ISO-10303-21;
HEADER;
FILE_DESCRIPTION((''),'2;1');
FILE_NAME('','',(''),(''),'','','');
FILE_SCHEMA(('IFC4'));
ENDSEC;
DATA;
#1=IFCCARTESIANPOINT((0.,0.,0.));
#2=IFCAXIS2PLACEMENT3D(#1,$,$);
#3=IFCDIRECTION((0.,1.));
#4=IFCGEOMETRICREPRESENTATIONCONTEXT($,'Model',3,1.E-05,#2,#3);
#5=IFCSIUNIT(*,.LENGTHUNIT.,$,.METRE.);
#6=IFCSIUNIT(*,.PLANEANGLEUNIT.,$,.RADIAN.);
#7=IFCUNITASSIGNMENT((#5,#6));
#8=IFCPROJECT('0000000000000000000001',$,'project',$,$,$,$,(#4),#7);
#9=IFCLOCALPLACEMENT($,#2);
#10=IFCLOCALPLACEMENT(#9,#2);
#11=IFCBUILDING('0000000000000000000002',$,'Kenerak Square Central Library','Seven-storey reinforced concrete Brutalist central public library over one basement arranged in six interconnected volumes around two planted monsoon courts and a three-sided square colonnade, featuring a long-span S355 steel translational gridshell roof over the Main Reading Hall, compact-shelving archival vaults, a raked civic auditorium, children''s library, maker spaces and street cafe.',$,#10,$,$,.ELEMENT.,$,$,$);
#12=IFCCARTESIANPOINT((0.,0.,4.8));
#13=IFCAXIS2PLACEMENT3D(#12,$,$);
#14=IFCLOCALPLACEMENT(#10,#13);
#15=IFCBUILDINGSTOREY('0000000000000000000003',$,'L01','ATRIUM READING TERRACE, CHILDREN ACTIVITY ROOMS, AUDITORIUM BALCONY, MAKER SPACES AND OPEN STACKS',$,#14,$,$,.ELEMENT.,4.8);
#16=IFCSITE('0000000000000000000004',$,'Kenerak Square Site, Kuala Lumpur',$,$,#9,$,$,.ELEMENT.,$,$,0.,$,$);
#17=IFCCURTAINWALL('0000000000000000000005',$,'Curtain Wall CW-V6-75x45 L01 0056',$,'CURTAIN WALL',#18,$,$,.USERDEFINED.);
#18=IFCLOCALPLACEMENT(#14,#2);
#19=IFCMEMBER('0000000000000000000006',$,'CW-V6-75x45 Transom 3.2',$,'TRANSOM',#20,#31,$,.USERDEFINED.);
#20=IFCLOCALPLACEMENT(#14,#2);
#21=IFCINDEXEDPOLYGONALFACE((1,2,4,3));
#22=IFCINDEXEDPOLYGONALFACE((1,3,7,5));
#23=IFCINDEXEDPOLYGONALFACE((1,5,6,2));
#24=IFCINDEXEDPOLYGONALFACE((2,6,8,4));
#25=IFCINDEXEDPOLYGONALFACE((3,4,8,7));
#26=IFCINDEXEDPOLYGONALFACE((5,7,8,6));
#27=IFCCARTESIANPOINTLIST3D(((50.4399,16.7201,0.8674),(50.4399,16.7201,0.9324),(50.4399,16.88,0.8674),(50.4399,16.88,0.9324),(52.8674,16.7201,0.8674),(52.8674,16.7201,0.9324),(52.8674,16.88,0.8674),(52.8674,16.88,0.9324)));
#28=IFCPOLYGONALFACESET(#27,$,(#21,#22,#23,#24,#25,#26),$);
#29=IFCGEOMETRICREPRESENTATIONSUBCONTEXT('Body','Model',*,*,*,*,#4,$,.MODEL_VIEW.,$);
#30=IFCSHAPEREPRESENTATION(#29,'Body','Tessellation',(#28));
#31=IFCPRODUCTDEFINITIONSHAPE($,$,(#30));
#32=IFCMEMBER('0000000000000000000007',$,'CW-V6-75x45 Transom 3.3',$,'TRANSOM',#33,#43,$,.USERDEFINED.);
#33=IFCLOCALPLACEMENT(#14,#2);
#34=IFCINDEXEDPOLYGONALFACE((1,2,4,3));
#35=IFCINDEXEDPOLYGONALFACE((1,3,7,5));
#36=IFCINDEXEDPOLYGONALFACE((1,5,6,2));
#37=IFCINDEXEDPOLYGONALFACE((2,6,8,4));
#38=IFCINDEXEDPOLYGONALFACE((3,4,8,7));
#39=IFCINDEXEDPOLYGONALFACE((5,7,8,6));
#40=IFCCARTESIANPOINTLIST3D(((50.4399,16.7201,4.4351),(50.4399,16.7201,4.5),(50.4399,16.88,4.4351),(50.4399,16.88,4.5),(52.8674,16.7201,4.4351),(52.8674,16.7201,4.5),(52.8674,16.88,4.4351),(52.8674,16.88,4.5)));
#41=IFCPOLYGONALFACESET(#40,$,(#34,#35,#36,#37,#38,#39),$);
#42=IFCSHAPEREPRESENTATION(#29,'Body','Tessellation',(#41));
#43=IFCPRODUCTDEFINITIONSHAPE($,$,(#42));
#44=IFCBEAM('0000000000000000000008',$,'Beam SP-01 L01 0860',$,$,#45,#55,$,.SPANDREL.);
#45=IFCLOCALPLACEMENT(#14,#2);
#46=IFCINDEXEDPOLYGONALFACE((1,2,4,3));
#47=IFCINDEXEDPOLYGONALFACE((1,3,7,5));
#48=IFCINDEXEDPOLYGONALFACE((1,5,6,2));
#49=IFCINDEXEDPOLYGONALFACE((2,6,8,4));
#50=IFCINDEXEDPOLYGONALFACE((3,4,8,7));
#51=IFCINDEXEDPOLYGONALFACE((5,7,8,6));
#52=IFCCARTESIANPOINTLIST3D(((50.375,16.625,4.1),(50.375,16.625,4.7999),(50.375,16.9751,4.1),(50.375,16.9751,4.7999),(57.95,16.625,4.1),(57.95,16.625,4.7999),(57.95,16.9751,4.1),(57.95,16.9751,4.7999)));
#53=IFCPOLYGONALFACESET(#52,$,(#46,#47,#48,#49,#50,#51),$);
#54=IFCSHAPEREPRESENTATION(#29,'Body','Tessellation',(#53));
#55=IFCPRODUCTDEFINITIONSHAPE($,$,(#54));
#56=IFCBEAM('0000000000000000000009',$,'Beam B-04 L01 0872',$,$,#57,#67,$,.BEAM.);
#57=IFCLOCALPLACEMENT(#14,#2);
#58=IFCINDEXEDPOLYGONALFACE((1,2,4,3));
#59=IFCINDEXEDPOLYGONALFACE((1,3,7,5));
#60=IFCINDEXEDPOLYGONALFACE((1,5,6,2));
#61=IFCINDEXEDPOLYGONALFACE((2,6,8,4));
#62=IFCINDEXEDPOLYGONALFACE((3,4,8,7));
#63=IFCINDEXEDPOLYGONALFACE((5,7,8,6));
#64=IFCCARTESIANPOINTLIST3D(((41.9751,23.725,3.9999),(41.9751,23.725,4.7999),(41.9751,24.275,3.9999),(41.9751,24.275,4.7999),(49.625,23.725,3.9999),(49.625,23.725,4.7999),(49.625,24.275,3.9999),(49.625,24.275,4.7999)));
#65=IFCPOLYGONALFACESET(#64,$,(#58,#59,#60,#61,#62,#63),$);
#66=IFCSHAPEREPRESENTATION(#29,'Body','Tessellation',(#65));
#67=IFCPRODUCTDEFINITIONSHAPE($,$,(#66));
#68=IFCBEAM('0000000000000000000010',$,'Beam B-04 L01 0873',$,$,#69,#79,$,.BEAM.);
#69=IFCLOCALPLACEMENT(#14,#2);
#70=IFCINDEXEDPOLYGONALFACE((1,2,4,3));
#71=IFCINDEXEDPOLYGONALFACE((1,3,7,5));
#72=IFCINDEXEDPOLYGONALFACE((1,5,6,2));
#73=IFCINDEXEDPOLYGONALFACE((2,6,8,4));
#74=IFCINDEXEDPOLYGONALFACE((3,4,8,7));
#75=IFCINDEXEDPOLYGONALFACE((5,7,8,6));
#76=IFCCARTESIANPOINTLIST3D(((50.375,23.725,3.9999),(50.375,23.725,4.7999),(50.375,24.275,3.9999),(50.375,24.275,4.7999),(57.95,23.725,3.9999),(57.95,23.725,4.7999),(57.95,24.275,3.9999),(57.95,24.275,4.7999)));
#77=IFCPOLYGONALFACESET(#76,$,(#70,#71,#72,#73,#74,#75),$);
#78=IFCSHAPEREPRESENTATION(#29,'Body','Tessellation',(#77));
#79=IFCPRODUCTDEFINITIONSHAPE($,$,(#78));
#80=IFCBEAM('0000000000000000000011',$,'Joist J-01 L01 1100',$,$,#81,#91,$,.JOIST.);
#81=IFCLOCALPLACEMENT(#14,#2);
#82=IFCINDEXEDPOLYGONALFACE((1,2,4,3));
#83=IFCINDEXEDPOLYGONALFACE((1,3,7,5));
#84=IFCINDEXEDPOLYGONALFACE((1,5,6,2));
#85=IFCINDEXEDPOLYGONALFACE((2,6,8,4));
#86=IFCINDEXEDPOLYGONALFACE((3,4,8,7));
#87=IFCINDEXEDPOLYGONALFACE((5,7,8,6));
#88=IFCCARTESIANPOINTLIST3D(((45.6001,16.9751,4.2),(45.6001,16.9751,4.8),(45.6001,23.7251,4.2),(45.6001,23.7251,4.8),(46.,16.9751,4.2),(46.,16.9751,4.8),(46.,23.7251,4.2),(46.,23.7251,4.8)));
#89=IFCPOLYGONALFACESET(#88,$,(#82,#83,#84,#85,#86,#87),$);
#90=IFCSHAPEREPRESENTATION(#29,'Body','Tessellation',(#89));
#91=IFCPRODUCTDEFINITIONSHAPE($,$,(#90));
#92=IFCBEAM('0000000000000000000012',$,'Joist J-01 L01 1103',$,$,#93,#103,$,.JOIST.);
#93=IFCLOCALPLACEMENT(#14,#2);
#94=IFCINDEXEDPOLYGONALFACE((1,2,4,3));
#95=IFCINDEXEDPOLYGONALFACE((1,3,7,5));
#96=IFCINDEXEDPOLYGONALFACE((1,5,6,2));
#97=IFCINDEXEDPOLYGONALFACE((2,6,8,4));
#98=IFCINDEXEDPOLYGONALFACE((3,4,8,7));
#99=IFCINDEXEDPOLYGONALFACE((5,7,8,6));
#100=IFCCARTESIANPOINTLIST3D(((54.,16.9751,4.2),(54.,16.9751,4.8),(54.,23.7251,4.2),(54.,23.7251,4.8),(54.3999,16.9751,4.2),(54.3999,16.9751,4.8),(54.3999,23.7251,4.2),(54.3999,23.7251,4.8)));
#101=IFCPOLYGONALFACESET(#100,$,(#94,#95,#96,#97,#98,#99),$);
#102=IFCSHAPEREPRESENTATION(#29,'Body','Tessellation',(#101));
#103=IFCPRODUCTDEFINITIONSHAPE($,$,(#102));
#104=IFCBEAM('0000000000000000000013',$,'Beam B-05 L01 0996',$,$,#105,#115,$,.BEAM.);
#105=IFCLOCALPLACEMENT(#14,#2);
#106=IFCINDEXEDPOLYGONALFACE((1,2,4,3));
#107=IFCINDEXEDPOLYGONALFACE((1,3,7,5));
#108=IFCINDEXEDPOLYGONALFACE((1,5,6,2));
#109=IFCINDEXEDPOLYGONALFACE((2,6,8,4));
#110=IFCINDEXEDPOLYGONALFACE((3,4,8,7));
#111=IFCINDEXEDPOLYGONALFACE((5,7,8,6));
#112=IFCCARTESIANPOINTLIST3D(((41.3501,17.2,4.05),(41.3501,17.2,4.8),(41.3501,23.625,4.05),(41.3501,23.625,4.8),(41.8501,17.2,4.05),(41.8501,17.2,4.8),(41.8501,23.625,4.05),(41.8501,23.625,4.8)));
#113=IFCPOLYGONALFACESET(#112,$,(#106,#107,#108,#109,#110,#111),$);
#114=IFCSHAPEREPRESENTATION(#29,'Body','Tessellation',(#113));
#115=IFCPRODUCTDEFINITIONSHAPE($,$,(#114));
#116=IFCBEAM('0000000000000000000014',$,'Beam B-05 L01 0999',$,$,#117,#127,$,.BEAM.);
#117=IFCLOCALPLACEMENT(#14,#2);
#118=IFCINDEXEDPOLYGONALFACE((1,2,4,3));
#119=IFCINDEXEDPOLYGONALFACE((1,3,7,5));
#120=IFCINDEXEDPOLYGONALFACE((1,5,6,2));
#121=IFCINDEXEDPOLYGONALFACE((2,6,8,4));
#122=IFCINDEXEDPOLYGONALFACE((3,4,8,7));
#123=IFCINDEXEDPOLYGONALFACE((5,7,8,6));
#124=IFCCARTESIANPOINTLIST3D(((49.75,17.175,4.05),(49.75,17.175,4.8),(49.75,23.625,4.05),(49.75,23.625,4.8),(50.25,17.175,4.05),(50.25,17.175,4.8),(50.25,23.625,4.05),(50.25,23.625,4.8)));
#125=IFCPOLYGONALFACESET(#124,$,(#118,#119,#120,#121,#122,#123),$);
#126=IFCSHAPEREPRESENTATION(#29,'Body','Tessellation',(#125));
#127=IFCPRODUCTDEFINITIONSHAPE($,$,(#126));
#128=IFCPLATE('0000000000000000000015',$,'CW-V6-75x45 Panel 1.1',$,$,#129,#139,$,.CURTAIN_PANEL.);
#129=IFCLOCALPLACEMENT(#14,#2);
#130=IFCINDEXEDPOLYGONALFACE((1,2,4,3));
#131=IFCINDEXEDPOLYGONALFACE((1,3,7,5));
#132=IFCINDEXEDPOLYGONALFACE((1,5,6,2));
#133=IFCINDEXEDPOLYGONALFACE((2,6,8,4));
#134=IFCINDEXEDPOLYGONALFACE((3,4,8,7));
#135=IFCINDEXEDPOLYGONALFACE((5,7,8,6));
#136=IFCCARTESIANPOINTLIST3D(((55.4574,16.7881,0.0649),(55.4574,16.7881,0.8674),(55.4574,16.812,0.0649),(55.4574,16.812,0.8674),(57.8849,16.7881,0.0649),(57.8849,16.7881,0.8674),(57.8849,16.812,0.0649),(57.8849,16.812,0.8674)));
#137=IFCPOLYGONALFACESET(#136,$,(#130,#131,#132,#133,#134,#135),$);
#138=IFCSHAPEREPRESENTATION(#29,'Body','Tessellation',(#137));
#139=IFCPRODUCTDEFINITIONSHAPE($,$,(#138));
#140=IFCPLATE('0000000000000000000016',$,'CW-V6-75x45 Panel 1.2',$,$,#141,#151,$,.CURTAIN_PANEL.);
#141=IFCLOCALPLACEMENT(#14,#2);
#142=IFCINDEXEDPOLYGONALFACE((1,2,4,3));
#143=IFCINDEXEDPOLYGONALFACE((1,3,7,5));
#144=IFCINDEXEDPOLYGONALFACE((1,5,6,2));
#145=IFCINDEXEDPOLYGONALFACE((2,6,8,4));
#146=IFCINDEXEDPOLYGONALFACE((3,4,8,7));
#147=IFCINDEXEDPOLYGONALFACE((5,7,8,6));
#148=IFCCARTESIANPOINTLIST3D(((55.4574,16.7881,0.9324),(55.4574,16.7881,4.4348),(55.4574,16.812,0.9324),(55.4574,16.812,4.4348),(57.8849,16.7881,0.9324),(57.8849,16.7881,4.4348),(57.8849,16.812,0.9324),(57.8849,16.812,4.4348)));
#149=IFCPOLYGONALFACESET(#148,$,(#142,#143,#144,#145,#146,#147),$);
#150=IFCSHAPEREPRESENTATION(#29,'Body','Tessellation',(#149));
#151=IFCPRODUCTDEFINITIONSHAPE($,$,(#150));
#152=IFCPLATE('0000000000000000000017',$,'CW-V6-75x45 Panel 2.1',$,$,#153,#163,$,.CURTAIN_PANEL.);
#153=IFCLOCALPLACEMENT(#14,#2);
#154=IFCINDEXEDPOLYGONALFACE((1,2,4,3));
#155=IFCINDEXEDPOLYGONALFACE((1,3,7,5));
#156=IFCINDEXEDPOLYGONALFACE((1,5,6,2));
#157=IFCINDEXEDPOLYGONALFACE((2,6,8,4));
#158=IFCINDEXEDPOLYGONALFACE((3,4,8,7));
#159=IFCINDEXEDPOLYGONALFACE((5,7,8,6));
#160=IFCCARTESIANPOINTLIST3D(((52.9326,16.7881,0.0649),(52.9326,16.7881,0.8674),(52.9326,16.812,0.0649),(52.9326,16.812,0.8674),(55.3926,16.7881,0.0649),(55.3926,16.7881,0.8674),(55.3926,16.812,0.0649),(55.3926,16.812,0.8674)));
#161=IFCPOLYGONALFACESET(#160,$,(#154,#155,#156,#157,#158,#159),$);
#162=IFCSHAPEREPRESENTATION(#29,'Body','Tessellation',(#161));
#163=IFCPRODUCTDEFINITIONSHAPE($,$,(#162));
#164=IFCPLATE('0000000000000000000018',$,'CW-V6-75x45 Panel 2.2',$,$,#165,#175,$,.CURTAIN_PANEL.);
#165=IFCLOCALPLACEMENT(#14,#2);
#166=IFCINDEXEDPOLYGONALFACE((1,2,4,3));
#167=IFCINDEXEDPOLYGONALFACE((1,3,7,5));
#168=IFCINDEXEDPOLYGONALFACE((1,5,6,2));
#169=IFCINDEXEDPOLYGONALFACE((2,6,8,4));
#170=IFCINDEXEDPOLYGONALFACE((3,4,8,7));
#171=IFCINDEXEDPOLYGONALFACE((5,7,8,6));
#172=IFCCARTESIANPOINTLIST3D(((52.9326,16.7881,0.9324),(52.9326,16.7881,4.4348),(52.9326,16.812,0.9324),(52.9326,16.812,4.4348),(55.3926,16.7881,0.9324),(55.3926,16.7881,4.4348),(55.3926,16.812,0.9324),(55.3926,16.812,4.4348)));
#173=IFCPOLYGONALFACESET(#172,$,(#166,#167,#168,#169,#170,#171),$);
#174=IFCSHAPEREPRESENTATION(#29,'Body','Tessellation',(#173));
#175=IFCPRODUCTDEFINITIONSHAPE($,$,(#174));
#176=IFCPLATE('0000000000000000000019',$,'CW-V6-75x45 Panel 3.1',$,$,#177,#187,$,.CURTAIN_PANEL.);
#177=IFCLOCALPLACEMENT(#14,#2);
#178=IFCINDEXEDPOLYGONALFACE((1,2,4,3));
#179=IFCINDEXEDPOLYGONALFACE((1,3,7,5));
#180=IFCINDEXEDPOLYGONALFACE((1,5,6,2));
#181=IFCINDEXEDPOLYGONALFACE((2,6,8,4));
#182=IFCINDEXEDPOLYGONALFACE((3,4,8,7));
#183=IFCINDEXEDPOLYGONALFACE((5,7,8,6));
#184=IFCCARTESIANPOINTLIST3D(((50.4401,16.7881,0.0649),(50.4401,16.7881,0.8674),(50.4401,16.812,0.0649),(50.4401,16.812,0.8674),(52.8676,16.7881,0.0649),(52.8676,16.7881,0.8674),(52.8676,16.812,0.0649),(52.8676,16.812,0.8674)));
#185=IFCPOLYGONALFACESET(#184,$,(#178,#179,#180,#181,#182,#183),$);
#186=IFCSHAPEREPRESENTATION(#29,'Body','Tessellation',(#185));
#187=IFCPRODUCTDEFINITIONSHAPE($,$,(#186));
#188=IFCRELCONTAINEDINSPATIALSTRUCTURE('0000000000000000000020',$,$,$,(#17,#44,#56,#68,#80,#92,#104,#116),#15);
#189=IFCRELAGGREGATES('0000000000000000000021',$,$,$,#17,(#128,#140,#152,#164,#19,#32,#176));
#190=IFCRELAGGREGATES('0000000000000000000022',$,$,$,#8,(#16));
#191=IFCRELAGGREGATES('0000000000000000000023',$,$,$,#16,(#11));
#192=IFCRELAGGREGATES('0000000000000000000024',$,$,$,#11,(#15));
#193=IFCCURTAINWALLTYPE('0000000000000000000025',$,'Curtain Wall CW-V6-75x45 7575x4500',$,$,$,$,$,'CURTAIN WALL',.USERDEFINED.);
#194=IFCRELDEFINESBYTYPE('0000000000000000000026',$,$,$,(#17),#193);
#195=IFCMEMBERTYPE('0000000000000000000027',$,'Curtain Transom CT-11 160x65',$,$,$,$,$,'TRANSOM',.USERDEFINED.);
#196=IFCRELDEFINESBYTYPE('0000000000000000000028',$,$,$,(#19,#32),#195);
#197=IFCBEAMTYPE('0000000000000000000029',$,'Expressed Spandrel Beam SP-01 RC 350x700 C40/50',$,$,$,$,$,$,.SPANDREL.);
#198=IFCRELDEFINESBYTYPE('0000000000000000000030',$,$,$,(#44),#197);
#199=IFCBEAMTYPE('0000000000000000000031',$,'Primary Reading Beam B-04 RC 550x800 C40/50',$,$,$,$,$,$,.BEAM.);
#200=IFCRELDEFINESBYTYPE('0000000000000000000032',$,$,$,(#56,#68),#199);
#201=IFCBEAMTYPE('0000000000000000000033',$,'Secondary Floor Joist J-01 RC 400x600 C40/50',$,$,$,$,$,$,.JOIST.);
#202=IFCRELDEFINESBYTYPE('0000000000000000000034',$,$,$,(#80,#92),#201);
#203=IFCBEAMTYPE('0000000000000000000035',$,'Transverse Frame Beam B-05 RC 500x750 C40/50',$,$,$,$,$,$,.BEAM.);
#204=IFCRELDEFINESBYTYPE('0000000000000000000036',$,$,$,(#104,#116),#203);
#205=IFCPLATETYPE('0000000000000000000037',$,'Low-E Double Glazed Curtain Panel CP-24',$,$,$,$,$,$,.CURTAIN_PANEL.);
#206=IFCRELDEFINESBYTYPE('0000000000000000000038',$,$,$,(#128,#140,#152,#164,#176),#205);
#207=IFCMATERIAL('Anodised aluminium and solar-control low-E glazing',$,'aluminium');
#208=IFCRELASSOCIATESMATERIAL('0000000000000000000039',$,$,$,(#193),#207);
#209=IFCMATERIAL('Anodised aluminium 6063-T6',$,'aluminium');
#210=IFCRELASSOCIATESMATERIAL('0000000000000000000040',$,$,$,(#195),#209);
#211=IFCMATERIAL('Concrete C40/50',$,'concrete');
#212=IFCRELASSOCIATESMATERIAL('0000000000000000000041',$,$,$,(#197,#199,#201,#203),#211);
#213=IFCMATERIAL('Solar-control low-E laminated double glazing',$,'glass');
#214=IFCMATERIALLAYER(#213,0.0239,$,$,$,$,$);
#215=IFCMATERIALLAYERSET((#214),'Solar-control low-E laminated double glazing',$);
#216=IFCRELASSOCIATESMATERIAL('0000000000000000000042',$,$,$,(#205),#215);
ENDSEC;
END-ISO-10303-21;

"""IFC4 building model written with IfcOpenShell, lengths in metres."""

from ifc_helpers import new_model, si_unit, direction, frame, origin, origin_2d, place, context, subcontext, project, spatial, rectangle, extrude, material, layer, layer_set, material_profile, profile_set, type_object, element, aggregate, save


model = new_model("IFC4")

# Units and contexts
model_context = context("Model", 3, precision=1e-05, world=origin(), true_north=direction((0.0, 1.0)))
body_context = subcontext(model_context, "Body", "Model", "MODEL_VIEW")
ifc_project = project(units=[si_unit("LENGTHUNIT", "METRE"), si_unit("PLANEANGLEUNIT", "RADIAN")], contexts=[model_context])

# Site, building, storey
site_placement = place(None, origin())
site = spatial("IfcSite", under=ifc_project, at=site_placement, Name="Kenerak Square Site, Kuala Lumpur", CompositionType="ELEMENT", RefElevation=0.0)
building_placement = place(site_placement, origin())
building = spatial("IfcBuilding", under=site, at=building_placement, Name="Kenerak Square Central Library", Description="Seven-storey reinforced concrete Brutalist central public library over one basement arranged in six interconnected volumes around two planted monsoon courts and a three-sided square colonnade, featuring a long-span S355 steel translational gridshell roof over the Main Reading Hall, compact-shelving archival vaults, a raked civic auditorium, children's library, maker spaces and street cafe.", CompositionType="ELEMENT")
storey_placement = place(building_placement, frame((0.0, 0.0, 4.8)))
storey = spatial("IfcBuildingStorey", under=building, at=storey_placement, Name="L01", Description="ATRIUM READING TERRACE, CHILDREN ACTIVITY ROOMS, AUDITORIUM BALCONY, MAKER SPACES AND OPEN STACKS", CompositionType="ELEMENT", Elevation=4.8)

# Shared definitions
ifc_material_1 = material(Name="Concrete C40/50", Category="concrete")

# Curtain wall
ifc_material_2 = material(Name="Anodised aluminium and solar-control low-E glazing", Category="aluminium")
curtain_wall_type_1 = type_object("IfcCurtainWallType", Name="Curtain Wall CW-V6-75x45 7575x4500", ElementType="CURTAIN WALL", PredefinedType="USERDEFINED", material=ifc_material_2)
curtain_wall_1_placement = place(storey_placement, origin())
curtain_wall_1 = element("IfcCurtainWall", 1, at=curtain_wall_1_placement, inside=storey, type_object=curtain_wall_type_1, Name="Curtain Wall CW-V6-75x45 L01 0056", ObjectType="CURTAIN WALL", PredefinedType="USERDEFINED")
ifc_material_3 = material(Name="Anodised aluminium 6063-T6", Category="aluminium")

# Members
ifc_material_profile_1 = material_profile(ifc_material_3, rectangle(XDim=0.1599, YDim=0.0649, at=origin_2d()), Name="AL TRANSOM 160x65")
ifc_profile_set_1 = profile_set([ifc_material_profile_1], Name="Anodised aluminium 6063-T6")
member_type_1 = type_object("IfcMemberType", Name="Curtain Transom CT-11 160x65", ElementType="TRANSOM", PredefinedType="USERDEFINED", material=ifc_profile_set_1)
member_1_placement = place(storey_placement, frame((52.8674, 16.8, 0.8999), z_axis=(-1.0, 0.0, 0.0), x_axis=(0.0, -1.0, 0.0)))
member_1 = element("IfcMember", 2, at=member_1_placement, type_object=member_type_1, Name="CW-V6-75x45 Transom 3.2", ObjectType="TRANSOM", PredefinedType="USERDEFINED", context=body_context, shape_type="SweptSolid", body=[
    extrude(rectangle(XDim=0.1599, YDim=0.0649, at=origin_2d()), origin(), (0.0, 0.0, 1.0), 2.4275),
])
member_2_placement = place(storey_placement, frame((52.8674, 16.8, 4.4675), z_axis=(-1.0, 0.0, 0.0), x_axis=(0.0, -1.0, 0.0)))
member_2 = element("IfcMember", 3, at=member_2_placement, type_object=member_type_1, Name="CW-V6-75x45 Transom 3.3", ObjectType="TRANSOM", PredefinedType="USERDEFINED", context=body_context, shape_type="SweptSolid", body=[
    extrude(rectangle(XDim=0.1599, YDim=0.0649, at=origin_2d()), origin(), (0.0, 0.0, 1.0), 2.4275),
])

# Beams
ifc_material_profile_2 = material_profile(ifc_material_1, rectangle(XDim=0.3501, YDim=0.7, at=origin_2d()), Name="RC 350x700")
ifc_profile_set_2 = profile_set([ifc_material_profile_2], Name="Concrete C40/50")
beam_type_1 = type_object("IfcBeamType", Name="Expressed Spandrel Beam SP-01 RC 350x700 C40/50", PredefinedType="SPANDREL", material=ifc_profile_set_2)
beam_1_placement = place(storey_placement, frame((50.375, 16.8, 4.45), z_axis=(1.0, 0.0, 0.0), x_axis=(0.0, 1.0, 0.0)))
element("IfcBeam", 4, at=beam_1_placement, inside=storey, type_object=beam_type_1, Name="Beam SP-01 L01 0860", PredefinedType="SPANDREL", context=body_context, shape_type="SweptSolid", body=[
    extrude(rectangle(XDim=0.3501, YDim=0.7, at=origin_2d()), origin(), (0.0, 0.0, 1.0), 7.575),
])
ifc_material_profile_3 = material_profile(ifc_material_1, rectangle(XDim=0.55, YDim=0.8, at=origin_2d()), Name="RC 550x800")
ifc_profile_set_3 = profile_set([ifc_material_profile_3], Name="Concrete C40/50")
beam_type_2 = type_object("IfcBeamType", Name="Primary Reading Beam B-04 RC 550x800 C40/50", PredefinedType="BEAM", material=ifc_profile_set_3)
beam_2_placement = place(storey_placement, frame((41.9751, 24.0, 4.3999), z_axis=(1.0, 0.0, 0.0), x_axis=(0.0, 1.0, 0.0)))
element("IfcBeam", 5, at=beam_2_placement, inside=storey, type_object=beam_type_2, Name="Beam B-04 L01 0872", PredefinedType="BEAM", context=body_context, shape_type="SweptSolid", body=[
    extrude(rectangle(XDim=0.55, YDim=0.8, at=origin_2d()), origin(), (0.0, 0.0, 1.0), 7.6499),
])
beam_3_placement = place(storey_placement, frame((50.375, 24.0, 4.3999), z_axis=(1.0, 0.0, 0.0), x_axis=(0.0, 1.0, 0.0)))
element("IfcBeam", 6, at=beam_3_placement, inside=storey, type_object=beam_type_2, Name="Beam B-04 L01 0873", PredefinedType="BEAM", context=body_context, shape_type="SweptSolid", body=[
    extrude(rectangle(XDim=0.55, YDim=0.8, at=origin_2d()), origin(), (0.0, 0.0, 1.0), 7.575),
])
ifc_material_profile_4 = material_profile(ifc_material_1, rectangle(XDim=0.3999, YDim=0.6001, at=origin_2d()), Name="RC 400x600")
ifc_profile_set_4 = profile_set([ifc_material_profile_4], Name="Concrete C40/50")
beam_type_3 = type_object("IfcBeamType", Name="Secondary Floor Joist J-01 RC 400x600 C40/50", PredefinedType="JOIST", material=ifc_profile_set_4)
for number, where, z_axis, x_axis, name in (
    (7, (45.8, 16.9751, 4.5), (0.0, 1.0, 0.0), (-1.0, 0.0, 0.0), "Joist J-01 L01 1100"),
    (8, (54.2, 16.9751, 4.5), (0.0, 1.0, 0.0), (-1.0, 0.0, 0.0), "Joist J-01 L01 1103"),
):
    element("IfcBeam", number, at=place(storey_placement, frame(where, z_axis=z_axis, x_axis=x_axis)), inside=storey, type_object=beam_type_3, Name=name, PredefinedType="JOIST", context=body_context, shape_type="SweptSolid", body=[
        extrude(rectangle(XDim=0.3999, YDim=0.6001, at=origin_2d()), origin(), (0.0, 0.0, 1.0), 6.75),
    ])
ifc_material_profile_5 = material_profile(ifc_material_1, rectangle(XDim=0.5, YDim=0.75, at=origin_2d()), Name="RC 500x750")
ifc_profile_set_5 = profile_set([ifc_material_profile_5], Name="Concrete C40/50")
beam_type_4 = type_object("IfcBeamType", Name="Transverse Frame Beam B-05 RC 500x750 C40/50", PredefinedType="BEAM", material=ifc_profile_set_5)
beam_4_placement = place(storey_placement, frame((41.6001, 17.2, 4.425), z_axis=(0.0, 1.0, 0.0), x_axis=(-1.0, 0.0, 0.0)))
element("IfcBeam", 9, at=beam_4_placement, inside=storey, type_object=beam_type_4, Name="Beam B-05 L01 0996", PredefinedType="BEAM", context=body_context, shape_type="SweptSolid", body=[
    extrude(rectangle(XDim=0.5, YDim=0.75, at=origin_2d()), origin(), (0.0, 0.0, 1.0), 6.425),
])
beam_5_placement = place(storey_placement, frame((50.0, 17.175, 4.425), z_axis=(0.0, 1.0, 0.0), x_axis=(-1.0, 0.0, 0.0)))
element("IfcBeam", 10, at=beam_5_placement, inside=storey, type_object=beam_type_4, Name="Beam B-05 L01 0999", PredefinedType="BEAM", context=body_context, shape_type="SweptSolid", body=[
    extrude(rectangle(XDim=0.5, YDim=0.75, at=origin_2d()), origin(), (0.0, 0.0, 1.0), 6.45),
])

# Plates
ifc_material_4 = material(Name="Solar-control low-E laminated double glazing", Category="glass")
ifc_layer = layer(ifc_material_4, 0.0239)
ifc_layer_set = layer_set([ifc_layer], Name="Solar-control low-E laminated double glazing")
plate_type = type_object("IfcPlateType", Name="Low-E Double Glazed Curtain Panel CP-24", PredefinedType="CURTAIN_PANEL", material=ifc_layer_set)
plate_1_placement = place(storey_placement, frame((56.6711, 16.8, 0.0649), z_axis=(0.0, 0.0, 1.0), x_axis=(-1.0, 0.0, 0.0)))
plate_1 = element("IfcPlate", 11, at=plate_1_placement, type_object=plate_type, Name="CW-V6-75x45 Panel 1.1", PredefinedType="CURTAIN_PANEL", context=body_context, shape_type="SweptSolid", body=[
    extrude(rectangle(XDim=2.4275, YDim=0.0239, at=origin_2d()), origin(), (0.0, 0.0, 1.0), 0.8025),
])
plate_2_placement = place(storey_placement, frame((56.6711, 16.8, 0.9324), z_axis=(0.0, 0.0, 1.0), x_axis=(-1.0, 0.0, 0.0)))
plate_2 = element("IfcPlate", 12, at=plate_2_placement, type_object=plate_type, Name="CW-V6-75x45 Panel 1.2", PredefinedType="CURTAIN_PANEL", context=body_context, shape_type="SweptSolid", body=[
    extrude(rectangle(XDim=2.4275, YDim=0.0239, at=origin_2d()), origin(), (0.0, 0.0, 1.0), 3.5024),
])
plate_3_placement = place(storey_placement, frame((54.1626, 16.8, 0.0649), z_axis=(0.0, 0.0, 1.0), x_axis=(-1.0, 0.0, 0.0)))
plate_3 = element("IfcPlate", 13, at=plate_3_placement, type_object=plate_type, Name="CW-V6-75x45 Panel 2.1", PredefinedType="CURTAIN_PANEL", context=body_context, shape_type="SweptSolid", body=[
    extrude(rectangle(XDim=2.46, YDim=0.0239, at=origin_2d()), origin(), (0.0, 0.0, 1.0), 0.8025),
])
plate_4_placement = place(storey_placement, frame((54.1626, 16.8, 0.9324), z_axis=(0.0, 0.0, 1.0), x_axis=(-1.0, 0.0, 0.0)))
plate_4 = element("IfcPlate", 14, at=plate_4_placement, type_object=plate_type, Name="CW-V6-75x45 Panel 2.2", PredefinedType="CURTAIN_PANEL", context=body_context, shape_type="SweptSolid", body=[
    extrude(rectangle(XDim=2.46, YDim=0.0239, at=origin_2d()), origin(), (0.0, 0.0, 1.0), 3.5024),
])
plate_5_placement = place(storey_placement, frame((51.6538, 16.8, 0.0649), z_axis=(0.0, 0.0, 1.0), x_axis=(-1.0, 0.0, 0.0)))
plate_5 = element("IfcPlate", 15, at=plate_5_placement, type_object=plate_type, Name="CW-V6-75x45 Panel 3.1", PredefinedType="CURTAIN_PANEL", context=body_context, shape_type="SweptSolid", body=[
    extrude(rectangle(XDim=2.4275, YDim=0.0239, at=origin_2d()), origin(), (0.0, 0.0, 1.0), 0.8025),
])
aggregate(curtain_wall_1, [plate_1, plate_2, plate_3, plate_4, member_1, member_2, plate_5])

save(model, "model.ifc")
